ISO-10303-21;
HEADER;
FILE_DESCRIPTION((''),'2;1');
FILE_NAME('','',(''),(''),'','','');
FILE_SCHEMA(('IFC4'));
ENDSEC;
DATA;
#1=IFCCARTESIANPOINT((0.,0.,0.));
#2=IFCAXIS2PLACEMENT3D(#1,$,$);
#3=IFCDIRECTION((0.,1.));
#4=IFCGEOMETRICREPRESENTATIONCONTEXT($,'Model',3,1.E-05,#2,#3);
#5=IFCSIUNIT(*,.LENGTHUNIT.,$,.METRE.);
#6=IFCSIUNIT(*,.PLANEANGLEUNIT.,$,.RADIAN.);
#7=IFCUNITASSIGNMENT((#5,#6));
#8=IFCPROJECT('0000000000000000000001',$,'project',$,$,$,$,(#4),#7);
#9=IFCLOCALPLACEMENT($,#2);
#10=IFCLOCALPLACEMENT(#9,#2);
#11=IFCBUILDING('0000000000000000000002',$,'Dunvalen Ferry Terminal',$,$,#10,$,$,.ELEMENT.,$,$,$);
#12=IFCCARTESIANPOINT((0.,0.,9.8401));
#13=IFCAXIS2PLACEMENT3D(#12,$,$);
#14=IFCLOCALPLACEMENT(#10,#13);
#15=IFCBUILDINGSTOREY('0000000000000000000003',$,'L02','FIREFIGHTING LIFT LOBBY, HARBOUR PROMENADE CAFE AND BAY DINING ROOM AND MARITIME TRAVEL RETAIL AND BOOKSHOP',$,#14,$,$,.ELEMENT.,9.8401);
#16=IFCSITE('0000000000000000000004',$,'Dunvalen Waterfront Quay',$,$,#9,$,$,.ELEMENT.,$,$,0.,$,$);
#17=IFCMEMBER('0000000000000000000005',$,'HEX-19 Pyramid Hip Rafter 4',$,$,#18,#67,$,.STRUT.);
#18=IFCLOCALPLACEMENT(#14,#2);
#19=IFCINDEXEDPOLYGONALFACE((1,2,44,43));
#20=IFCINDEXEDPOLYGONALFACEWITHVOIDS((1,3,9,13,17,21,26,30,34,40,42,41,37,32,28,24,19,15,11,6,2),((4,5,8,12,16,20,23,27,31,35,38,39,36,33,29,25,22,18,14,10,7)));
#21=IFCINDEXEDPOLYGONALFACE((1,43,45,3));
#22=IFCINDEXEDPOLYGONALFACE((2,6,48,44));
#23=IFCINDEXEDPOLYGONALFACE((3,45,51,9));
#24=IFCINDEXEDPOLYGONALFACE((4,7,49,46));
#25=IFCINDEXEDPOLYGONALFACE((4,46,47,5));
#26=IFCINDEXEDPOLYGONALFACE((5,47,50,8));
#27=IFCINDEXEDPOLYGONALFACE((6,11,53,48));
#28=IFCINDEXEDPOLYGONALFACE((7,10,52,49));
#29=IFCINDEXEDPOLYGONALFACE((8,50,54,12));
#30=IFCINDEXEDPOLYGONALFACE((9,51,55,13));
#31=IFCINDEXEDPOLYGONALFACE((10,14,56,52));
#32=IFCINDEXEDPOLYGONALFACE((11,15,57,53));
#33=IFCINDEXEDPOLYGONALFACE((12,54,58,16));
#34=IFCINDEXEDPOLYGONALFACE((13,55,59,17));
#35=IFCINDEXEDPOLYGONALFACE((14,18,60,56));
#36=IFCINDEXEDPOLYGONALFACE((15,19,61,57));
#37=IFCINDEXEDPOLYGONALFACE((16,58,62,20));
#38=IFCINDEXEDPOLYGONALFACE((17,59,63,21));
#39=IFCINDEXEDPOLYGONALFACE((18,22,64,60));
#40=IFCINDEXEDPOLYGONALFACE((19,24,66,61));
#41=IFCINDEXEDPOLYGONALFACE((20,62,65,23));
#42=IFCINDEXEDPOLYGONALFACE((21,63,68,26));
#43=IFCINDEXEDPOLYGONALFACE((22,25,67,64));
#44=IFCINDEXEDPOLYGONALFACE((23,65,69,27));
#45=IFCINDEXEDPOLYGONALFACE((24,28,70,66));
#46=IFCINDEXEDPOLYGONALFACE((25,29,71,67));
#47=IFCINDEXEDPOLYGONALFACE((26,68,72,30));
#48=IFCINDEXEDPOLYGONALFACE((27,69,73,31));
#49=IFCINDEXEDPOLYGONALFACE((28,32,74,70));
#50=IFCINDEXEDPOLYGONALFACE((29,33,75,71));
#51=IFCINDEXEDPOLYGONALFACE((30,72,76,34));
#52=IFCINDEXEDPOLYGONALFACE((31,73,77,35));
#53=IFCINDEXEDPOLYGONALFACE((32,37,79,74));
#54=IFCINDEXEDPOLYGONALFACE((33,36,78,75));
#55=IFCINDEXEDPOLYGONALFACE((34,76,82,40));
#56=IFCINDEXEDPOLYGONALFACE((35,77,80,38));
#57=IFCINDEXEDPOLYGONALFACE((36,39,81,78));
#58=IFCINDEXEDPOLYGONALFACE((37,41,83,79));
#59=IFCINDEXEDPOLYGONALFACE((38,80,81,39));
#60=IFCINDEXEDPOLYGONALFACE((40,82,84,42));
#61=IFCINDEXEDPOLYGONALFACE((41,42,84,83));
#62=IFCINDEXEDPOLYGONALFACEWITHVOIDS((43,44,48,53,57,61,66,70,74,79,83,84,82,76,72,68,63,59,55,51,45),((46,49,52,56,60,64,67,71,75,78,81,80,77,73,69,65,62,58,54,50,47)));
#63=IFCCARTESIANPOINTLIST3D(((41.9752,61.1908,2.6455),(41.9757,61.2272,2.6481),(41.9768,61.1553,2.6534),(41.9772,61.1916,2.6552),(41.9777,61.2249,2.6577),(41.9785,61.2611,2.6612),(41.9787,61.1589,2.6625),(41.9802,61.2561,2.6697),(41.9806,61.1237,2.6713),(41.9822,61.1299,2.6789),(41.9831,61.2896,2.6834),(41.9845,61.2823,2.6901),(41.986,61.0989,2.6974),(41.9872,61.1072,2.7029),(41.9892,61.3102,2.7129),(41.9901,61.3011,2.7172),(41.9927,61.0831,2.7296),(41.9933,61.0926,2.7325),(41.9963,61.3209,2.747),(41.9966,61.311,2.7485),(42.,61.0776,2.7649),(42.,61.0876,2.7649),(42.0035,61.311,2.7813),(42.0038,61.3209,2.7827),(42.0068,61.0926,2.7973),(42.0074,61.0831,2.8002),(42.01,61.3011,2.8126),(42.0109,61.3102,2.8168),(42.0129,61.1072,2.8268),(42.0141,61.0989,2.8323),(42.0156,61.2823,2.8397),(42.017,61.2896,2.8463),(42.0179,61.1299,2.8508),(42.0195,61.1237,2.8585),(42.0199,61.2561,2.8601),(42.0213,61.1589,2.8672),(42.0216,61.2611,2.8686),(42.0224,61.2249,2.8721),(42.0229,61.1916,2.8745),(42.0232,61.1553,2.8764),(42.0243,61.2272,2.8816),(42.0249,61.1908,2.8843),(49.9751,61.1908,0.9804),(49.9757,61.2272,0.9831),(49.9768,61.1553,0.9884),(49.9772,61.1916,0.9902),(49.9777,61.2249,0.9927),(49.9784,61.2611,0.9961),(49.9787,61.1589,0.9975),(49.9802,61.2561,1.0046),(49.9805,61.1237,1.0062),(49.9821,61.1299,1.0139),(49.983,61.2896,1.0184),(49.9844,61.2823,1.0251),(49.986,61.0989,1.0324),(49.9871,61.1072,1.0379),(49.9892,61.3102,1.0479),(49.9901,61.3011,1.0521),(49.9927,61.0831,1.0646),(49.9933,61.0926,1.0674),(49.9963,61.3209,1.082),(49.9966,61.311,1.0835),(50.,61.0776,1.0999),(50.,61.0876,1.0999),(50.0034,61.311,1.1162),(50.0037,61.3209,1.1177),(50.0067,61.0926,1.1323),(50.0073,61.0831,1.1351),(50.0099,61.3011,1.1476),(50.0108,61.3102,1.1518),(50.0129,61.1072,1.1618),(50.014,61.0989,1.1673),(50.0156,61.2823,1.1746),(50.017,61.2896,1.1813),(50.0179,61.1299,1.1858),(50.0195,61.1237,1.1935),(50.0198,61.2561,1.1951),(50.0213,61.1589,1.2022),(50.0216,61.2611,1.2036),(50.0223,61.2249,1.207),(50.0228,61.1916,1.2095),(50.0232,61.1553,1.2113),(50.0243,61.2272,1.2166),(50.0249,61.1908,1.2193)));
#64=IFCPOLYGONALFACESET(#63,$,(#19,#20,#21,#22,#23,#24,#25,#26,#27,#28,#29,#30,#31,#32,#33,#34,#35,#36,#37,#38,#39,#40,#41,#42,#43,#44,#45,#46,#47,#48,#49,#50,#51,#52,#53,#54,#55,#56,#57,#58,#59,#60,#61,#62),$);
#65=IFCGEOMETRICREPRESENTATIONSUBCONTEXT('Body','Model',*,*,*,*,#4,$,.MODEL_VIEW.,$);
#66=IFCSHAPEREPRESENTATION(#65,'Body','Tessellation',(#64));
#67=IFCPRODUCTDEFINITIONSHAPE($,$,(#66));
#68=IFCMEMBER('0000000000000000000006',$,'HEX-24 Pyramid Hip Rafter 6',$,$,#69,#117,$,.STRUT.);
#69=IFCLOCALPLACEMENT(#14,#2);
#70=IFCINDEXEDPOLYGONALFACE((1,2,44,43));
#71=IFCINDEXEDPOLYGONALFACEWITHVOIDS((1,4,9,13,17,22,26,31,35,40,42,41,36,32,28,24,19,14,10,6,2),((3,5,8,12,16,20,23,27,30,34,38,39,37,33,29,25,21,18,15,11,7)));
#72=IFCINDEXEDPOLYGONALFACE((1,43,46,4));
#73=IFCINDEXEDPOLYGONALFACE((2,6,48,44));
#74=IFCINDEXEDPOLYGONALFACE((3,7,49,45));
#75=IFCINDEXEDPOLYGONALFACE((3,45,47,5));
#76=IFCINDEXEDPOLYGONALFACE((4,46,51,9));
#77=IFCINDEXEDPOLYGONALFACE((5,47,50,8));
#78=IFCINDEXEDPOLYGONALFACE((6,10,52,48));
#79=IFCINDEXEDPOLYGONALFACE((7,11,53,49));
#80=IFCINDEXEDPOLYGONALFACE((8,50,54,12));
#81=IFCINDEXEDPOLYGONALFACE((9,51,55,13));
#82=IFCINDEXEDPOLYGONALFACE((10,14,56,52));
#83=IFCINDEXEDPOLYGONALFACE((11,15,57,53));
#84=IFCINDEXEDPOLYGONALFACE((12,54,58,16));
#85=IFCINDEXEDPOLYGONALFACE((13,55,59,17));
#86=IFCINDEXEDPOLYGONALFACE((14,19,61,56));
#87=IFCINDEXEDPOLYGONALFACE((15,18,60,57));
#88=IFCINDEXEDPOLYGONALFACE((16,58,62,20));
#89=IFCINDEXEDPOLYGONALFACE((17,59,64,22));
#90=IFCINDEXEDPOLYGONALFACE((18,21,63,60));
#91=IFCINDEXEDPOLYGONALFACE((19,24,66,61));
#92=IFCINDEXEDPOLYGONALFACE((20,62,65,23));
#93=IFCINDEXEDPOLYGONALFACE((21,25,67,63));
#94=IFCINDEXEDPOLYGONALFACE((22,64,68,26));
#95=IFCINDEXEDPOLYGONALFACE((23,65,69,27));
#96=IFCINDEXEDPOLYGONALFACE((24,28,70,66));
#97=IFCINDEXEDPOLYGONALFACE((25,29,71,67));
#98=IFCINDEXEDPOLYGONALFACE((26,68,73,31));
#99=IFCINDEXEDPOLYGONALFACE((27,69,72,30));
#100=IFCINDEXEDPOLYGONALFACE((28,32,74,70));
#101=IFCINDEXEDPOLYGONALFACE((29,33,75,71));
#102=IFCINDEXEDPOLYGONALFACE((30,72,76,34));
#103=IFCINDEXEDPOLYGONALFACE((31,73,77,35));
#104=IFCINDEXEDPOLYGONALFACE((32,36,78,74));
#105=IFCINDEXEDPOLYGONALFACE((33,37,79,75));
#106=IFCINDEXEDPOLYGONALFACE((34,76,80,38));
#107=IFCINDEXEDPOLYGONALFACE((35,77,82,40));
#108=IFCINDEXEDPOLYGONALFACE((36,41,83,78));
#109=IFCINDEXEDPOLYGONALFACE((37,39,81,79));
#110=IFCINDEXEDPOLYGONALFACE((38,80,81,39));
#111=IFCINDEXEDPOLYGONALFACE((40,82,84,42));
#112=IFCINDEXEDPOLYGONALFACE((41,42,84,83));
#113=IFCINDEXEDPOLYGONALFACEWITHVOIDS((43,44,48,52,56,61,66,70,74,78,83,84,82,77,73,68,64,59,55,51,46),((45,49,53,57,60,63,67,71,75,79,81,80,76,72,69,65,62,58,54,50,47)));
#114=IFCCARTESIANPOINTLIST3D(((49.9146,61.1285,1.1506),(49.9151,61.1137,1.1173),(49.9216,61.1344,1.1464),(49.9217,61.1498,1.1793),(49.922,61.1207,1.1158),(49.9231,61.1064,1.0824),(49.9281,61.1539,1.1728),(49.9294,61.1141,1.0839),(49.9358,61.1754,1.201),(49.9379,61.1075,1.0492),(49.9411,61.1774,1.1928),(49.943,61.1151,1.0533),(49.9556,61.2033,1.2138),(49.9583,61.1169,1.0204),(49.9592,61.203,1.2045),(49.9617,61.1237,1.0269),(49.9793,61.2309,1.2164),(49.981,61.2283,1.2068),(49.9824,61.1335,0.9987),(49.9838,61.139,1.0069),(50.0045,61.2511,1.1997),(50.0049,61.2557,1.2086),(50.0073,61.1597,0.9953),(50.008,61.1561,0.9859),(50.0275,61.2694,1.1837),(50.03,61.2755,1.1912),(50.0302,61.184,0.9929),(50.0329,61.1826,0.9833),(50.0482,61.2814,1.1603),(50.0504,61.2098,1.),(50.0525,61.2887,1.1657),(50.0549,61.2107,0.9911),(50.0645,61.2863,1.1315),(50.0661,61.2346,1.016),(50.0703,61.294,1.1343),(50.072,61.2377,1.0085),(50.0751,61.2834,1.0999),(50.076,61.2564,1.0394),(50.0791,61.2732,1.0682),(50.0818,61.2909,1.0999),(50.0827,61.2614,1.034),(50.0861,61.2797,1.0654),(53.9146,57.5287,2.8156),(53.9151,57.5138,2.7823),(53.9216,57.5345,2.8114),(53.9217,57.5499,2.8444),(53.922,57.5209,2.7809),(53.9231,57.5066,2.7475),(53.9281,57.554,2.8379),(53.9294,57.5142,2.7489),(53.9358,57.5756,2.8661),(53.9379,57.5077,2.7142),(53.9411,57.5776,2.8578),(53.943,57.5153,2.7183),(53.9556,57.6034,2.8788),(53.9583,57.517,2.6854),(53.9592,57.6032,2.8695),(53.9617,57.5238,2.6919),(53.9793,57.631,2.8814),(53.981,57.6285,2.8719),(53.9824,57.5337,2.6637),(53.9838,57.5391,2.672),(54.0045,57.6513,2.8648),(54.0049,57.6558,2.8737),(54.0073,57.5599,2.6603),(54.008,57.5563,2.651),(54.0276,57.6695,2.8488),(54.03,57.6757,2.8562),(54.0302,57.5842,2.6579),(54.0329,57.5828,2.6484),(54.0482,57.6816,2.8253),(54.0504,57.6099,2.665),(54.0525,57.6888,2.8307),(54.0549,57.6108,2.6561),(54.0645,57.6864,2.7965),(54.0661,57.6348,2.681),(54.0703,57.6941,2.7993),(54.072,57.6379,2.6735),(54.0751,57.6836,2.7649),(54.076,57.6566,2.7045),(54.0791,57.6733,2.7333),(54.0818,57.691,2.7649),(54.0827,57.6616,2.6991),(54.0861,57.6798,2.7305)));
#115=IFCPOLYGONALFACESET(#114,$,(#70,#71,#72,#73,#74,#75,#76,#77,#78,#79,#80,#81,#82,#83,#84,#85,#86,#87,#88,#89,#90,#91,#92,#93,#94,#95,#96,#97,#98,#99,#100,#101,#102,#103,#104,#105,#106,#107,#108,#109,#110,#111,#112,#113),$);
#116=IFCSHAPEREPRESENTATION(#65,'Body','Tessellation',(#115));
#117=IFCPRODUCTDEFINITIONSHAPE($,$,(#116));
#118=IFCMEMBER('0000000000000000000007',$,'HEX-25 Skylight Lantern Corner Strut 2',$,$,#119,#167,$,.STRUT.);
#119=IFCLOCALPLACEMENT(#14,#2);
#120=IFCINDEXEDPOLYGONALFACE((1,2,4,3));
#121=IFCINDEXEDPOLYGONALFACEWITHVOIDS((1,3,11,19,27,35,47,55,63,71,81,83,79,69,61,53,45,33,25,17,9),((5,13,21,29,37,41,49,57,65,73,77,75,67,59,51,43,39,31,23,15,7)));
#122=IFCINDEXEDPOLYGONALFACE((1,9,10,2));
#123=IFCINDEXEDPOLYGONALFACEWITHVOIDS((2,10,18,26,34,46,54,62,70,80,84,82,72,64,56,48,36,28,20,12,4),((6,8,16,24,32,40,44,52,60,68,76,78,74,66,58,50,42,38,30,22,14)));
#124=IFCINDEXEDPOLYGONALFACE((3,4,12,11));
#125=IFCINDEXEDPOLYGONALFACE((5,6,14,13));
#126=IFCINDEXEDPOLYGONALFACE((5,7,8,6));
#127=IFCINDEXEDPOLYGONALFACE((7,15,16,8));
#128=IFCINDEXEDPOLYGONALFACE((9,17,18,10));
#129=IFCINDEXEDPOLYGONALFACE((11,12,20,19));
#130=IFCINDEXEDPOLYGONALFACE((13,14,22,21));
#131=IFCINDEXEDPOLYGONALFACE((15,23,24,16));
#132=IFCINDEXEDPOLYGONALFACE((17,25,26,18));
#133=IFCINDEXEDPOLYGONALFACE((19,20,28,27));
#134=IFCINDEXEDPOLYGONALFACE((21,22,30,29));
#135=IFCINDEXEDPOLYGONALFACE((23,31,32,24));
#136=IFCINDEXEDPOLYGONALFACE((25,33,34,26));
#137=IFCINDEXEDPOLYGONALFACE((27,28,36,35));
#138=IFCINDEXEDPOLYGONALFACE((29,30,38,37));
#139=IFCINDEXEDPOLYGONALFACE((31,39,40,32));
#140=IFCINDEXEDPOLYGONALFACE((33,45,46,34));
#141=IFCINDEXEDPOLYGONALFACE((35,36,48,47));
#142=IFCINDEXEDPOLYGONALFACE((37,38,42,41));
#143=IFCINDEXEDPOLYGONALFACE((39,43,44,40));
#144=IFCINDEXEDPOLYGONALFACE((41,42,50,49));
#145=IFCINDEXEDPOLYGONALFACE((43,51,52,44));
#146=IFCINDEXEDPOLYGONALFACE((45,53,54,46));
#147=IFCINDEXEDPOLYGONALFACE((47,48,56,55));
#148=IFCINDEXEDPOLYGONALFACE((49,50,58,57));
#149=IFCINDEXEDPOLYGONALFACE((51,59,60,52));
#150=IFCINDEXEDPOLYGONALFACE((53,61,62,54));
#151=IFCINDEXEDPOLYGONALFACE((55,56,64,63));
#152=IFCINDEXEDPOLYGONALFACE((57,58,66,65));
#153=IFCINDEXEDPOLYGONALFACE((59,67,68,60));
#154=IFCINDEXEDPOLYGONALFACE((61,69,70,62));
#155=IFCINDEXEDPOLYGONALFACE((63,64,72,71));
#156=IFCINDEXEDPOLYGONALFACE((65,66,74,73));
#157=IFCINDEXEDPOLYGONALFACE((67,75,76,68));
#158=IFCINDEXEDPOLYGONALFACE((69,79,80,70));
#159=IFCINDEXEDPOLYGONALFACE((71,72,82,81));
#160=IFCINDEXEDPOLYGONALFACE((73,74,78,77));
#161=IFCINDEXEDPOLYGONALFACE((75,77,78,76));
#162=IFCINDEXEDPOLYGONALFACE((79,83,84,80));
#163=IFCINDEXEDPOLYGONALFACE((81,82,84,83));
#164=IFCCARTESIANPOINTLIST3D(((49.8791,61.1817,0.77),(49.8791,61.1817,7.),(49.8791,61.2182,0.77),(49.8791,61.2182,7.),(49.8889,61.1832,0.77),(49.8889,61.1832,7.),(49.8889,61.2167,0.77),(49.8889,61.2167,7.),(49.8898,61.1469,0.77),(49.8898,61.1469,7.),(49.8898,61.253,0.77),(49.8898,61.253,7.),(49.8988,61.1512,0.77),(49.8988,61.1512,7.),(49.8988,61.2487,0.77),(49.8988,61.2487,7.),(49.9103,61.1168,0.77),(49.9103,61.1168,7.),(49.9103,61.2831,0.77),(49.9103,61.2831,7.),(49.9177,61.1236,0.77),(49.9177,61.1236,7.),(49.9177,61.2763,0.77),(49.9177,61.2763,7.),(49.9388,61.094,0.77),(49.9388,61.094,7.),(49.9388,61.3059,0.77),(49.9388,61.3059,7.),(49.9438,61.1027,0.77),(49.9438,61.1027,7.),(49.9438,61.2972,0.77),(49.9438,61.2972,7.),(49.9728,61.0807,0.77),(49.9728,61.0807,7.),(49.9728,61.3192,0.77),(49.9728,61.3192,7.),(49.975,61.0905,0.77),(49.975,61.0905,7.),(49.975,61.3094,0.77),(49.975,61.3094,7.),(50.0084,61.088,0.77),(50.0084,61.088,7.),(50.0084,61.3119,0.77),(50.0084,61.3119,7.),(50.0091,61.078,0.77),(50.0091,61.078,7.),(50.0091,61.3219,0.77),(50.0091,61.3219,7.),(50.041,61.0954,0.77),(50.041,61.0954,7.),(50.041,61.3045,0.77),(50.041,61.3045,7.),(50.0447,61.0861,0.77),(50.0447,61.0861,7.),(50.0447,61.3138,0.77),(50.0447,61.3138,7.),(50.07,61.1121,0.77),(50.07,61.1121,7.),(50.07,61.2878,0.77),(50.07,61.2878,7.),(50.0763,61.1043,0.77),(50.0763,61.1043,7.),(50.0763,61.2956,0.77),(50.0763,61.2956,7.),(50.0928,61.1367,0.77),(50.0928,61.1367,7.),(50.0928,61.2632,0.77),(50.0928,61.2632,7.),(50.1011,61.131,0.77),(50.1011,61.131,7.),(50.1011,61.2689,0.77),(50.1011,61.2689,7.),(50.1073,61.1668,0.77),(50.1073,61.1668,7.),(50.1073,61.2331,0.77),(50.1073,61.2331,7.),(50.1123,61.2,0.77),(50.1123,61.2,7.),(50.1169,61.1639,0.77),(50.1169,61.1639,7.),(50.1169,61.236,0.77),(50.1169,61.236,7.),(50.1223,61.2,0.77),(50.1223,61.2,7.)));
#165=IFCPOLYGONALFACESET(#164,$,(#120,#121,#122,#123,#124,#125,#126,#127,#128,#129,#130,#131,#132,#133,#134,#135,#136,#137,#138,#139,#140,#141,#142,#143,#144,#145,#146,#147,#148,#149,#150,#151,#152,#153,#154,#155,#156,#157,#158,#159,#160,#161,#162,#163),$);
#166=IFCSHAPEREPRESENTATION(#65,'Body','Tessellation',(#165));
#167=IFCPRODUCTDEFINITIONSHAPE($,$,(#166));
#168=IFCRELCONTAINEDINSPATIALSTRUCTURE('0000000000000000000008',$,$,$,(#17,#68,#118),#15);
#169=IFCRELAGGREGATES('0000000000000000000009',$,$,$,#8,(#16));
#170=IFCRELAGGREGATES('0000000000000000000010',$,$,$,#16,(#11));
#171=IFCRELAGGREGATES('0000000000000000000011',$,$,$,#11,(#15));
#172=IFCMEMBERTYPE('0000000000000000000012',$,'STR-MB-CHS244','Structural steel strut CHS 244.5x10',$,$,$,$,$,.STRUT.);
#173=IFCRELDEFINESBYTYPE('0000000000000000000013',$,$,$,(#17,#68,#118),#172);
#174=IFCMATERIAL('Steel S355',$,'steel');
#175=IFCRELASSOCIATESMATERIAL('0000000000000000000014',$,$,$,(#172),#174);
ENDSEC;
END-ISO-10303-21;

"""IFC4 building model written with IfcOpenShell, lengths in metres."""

from ifc_helpers import new_model, si_unit, direction, frame, origin, origin_2d, place, context, subcontext, project, spatial, hollow_circle, extrude, material, material_profile, profile_set, type_object, element, save


model = new_model("IFC4")

# Units and contexts
model_context = context("Model", 3, precision=1e-05, world=origin(), true_north=direction((0.0, 1.0)))
body_context = subcontext(model_context, "Body", "Model", "MODEL_VIEW")
ifc_project = project(units=[si_unit("LENGTHUNIT", "METRE"), si_unit("PLANEANGLEUNIT", "RADIAN")], contexts=[model_context])

# Site, building, storey
site_placement = place(None, origin())
site = spatial("IfcSite", under=ifc_project, at=site_placement, Name="Dunvalen Waterfront Quay", CompositionType="ELEMENT", RefElevation=0.0)
building_placement = place(site_placement, origin())
building = spatial("IfcBuilding", under=site, at=building_placement, Name="Dunvalen Ferry Terminal", CompositionType="ELEMENT")
storey_placement = place(building_placement, frame((0.0, 0.0, 9.8401)))
storey = spatial("IfcBuildingStorey", under=building, at=storey_placement, Name="L02", Description="FIREFIGHTING LIFT LOBBY, HARBOUR PROMENADE CAFE AND BAY DINING ROOM AND MARITIME TRAVEL RETAIL AND BOOKSHOP", CompositionType="ELEMENT", Elevation=9.8401)

# Shared definitions
ifc_material_1 = material(Name="Steel S355", Category="steel")

# Members
ifc_material_profile_1 = material_profile(ifc_material_1, hollow_circle(Radius=0.1223, WallThickness=0.01, at=origin_2d()), Name="Steel S355")
ifc_profile_set_1 = profile_set([ifc_material_profile_1], Name="Steel S355")
member_type_1 = type_object("IfcMemberType", Name="STR-MB-CHS244", Description="Structural steel strut CHS 244.5x10", PredefinedType="STRUT", material=ifc_profile_set_1)
member_1_placement = place(storey_placement, frame((50.0, 61.2, 1.0999), z_axis=(-0.97902, 0.0, 0.203763), x_axis=(0.0, -1.0, 0.0)))
element("IfcMember", 1, at=member_1_placement, inside=storey, type_object=member_type_1, Name="HEX-19 Pyramid Hip Rafter 4", PredefinedType="STRUT", context=body_context, shape_type="SweptSolid", body=[
    extrude(hollow_circle(Radius=0.1223, WallThickness=0.01, at=origin_2d()), origin(), (0.0, 0.0, 1.0), 8.1714),
])
member_2_placement = place(storey_placement, frame((50.0, 61.2, 1.0999), z_axis=(0.710094, -0.639059, 0.295584), x_axis=(0.66895, 0.743308, 0.0)))
element("IfcMember", 2, at=member_2_placement, inside=storey, type_object=member_type_1, Name="HEX-24 Pyramid Hip Rafter 6", PredefinedType="STRUT", context=body_context, shape_type="SweptSolid", body=[
    extrude(hollow_circle(Radius=0.1223, WallThickness=0.01, at=origin_2d()), origin(), (0.0, 0.0, 1.0), 5.6331),
])
member_3_placement = place(storey_placement, frame((50.0, 61.2, 0.77), z_axis=(0.0, 0.0, 1.0), x_axis=(1.0, 0.0, 0.0)))
element("IfcMember", 3, at=member_3_placement, inside=storey, type_object=member_type_1, Name="HEX-25 Skylight Lantern Corner Strut 2", PredefinedType="STRUT", context=body_context, shape_type="SweptSolid", body=[
    extrude(hollow_circle(Radius=0.1223, WallThickness=0.01, at=origin_2d()), origin(), (0.0, 0.0, 1.0), 6.23),
])

save(model, "model.ifc")
